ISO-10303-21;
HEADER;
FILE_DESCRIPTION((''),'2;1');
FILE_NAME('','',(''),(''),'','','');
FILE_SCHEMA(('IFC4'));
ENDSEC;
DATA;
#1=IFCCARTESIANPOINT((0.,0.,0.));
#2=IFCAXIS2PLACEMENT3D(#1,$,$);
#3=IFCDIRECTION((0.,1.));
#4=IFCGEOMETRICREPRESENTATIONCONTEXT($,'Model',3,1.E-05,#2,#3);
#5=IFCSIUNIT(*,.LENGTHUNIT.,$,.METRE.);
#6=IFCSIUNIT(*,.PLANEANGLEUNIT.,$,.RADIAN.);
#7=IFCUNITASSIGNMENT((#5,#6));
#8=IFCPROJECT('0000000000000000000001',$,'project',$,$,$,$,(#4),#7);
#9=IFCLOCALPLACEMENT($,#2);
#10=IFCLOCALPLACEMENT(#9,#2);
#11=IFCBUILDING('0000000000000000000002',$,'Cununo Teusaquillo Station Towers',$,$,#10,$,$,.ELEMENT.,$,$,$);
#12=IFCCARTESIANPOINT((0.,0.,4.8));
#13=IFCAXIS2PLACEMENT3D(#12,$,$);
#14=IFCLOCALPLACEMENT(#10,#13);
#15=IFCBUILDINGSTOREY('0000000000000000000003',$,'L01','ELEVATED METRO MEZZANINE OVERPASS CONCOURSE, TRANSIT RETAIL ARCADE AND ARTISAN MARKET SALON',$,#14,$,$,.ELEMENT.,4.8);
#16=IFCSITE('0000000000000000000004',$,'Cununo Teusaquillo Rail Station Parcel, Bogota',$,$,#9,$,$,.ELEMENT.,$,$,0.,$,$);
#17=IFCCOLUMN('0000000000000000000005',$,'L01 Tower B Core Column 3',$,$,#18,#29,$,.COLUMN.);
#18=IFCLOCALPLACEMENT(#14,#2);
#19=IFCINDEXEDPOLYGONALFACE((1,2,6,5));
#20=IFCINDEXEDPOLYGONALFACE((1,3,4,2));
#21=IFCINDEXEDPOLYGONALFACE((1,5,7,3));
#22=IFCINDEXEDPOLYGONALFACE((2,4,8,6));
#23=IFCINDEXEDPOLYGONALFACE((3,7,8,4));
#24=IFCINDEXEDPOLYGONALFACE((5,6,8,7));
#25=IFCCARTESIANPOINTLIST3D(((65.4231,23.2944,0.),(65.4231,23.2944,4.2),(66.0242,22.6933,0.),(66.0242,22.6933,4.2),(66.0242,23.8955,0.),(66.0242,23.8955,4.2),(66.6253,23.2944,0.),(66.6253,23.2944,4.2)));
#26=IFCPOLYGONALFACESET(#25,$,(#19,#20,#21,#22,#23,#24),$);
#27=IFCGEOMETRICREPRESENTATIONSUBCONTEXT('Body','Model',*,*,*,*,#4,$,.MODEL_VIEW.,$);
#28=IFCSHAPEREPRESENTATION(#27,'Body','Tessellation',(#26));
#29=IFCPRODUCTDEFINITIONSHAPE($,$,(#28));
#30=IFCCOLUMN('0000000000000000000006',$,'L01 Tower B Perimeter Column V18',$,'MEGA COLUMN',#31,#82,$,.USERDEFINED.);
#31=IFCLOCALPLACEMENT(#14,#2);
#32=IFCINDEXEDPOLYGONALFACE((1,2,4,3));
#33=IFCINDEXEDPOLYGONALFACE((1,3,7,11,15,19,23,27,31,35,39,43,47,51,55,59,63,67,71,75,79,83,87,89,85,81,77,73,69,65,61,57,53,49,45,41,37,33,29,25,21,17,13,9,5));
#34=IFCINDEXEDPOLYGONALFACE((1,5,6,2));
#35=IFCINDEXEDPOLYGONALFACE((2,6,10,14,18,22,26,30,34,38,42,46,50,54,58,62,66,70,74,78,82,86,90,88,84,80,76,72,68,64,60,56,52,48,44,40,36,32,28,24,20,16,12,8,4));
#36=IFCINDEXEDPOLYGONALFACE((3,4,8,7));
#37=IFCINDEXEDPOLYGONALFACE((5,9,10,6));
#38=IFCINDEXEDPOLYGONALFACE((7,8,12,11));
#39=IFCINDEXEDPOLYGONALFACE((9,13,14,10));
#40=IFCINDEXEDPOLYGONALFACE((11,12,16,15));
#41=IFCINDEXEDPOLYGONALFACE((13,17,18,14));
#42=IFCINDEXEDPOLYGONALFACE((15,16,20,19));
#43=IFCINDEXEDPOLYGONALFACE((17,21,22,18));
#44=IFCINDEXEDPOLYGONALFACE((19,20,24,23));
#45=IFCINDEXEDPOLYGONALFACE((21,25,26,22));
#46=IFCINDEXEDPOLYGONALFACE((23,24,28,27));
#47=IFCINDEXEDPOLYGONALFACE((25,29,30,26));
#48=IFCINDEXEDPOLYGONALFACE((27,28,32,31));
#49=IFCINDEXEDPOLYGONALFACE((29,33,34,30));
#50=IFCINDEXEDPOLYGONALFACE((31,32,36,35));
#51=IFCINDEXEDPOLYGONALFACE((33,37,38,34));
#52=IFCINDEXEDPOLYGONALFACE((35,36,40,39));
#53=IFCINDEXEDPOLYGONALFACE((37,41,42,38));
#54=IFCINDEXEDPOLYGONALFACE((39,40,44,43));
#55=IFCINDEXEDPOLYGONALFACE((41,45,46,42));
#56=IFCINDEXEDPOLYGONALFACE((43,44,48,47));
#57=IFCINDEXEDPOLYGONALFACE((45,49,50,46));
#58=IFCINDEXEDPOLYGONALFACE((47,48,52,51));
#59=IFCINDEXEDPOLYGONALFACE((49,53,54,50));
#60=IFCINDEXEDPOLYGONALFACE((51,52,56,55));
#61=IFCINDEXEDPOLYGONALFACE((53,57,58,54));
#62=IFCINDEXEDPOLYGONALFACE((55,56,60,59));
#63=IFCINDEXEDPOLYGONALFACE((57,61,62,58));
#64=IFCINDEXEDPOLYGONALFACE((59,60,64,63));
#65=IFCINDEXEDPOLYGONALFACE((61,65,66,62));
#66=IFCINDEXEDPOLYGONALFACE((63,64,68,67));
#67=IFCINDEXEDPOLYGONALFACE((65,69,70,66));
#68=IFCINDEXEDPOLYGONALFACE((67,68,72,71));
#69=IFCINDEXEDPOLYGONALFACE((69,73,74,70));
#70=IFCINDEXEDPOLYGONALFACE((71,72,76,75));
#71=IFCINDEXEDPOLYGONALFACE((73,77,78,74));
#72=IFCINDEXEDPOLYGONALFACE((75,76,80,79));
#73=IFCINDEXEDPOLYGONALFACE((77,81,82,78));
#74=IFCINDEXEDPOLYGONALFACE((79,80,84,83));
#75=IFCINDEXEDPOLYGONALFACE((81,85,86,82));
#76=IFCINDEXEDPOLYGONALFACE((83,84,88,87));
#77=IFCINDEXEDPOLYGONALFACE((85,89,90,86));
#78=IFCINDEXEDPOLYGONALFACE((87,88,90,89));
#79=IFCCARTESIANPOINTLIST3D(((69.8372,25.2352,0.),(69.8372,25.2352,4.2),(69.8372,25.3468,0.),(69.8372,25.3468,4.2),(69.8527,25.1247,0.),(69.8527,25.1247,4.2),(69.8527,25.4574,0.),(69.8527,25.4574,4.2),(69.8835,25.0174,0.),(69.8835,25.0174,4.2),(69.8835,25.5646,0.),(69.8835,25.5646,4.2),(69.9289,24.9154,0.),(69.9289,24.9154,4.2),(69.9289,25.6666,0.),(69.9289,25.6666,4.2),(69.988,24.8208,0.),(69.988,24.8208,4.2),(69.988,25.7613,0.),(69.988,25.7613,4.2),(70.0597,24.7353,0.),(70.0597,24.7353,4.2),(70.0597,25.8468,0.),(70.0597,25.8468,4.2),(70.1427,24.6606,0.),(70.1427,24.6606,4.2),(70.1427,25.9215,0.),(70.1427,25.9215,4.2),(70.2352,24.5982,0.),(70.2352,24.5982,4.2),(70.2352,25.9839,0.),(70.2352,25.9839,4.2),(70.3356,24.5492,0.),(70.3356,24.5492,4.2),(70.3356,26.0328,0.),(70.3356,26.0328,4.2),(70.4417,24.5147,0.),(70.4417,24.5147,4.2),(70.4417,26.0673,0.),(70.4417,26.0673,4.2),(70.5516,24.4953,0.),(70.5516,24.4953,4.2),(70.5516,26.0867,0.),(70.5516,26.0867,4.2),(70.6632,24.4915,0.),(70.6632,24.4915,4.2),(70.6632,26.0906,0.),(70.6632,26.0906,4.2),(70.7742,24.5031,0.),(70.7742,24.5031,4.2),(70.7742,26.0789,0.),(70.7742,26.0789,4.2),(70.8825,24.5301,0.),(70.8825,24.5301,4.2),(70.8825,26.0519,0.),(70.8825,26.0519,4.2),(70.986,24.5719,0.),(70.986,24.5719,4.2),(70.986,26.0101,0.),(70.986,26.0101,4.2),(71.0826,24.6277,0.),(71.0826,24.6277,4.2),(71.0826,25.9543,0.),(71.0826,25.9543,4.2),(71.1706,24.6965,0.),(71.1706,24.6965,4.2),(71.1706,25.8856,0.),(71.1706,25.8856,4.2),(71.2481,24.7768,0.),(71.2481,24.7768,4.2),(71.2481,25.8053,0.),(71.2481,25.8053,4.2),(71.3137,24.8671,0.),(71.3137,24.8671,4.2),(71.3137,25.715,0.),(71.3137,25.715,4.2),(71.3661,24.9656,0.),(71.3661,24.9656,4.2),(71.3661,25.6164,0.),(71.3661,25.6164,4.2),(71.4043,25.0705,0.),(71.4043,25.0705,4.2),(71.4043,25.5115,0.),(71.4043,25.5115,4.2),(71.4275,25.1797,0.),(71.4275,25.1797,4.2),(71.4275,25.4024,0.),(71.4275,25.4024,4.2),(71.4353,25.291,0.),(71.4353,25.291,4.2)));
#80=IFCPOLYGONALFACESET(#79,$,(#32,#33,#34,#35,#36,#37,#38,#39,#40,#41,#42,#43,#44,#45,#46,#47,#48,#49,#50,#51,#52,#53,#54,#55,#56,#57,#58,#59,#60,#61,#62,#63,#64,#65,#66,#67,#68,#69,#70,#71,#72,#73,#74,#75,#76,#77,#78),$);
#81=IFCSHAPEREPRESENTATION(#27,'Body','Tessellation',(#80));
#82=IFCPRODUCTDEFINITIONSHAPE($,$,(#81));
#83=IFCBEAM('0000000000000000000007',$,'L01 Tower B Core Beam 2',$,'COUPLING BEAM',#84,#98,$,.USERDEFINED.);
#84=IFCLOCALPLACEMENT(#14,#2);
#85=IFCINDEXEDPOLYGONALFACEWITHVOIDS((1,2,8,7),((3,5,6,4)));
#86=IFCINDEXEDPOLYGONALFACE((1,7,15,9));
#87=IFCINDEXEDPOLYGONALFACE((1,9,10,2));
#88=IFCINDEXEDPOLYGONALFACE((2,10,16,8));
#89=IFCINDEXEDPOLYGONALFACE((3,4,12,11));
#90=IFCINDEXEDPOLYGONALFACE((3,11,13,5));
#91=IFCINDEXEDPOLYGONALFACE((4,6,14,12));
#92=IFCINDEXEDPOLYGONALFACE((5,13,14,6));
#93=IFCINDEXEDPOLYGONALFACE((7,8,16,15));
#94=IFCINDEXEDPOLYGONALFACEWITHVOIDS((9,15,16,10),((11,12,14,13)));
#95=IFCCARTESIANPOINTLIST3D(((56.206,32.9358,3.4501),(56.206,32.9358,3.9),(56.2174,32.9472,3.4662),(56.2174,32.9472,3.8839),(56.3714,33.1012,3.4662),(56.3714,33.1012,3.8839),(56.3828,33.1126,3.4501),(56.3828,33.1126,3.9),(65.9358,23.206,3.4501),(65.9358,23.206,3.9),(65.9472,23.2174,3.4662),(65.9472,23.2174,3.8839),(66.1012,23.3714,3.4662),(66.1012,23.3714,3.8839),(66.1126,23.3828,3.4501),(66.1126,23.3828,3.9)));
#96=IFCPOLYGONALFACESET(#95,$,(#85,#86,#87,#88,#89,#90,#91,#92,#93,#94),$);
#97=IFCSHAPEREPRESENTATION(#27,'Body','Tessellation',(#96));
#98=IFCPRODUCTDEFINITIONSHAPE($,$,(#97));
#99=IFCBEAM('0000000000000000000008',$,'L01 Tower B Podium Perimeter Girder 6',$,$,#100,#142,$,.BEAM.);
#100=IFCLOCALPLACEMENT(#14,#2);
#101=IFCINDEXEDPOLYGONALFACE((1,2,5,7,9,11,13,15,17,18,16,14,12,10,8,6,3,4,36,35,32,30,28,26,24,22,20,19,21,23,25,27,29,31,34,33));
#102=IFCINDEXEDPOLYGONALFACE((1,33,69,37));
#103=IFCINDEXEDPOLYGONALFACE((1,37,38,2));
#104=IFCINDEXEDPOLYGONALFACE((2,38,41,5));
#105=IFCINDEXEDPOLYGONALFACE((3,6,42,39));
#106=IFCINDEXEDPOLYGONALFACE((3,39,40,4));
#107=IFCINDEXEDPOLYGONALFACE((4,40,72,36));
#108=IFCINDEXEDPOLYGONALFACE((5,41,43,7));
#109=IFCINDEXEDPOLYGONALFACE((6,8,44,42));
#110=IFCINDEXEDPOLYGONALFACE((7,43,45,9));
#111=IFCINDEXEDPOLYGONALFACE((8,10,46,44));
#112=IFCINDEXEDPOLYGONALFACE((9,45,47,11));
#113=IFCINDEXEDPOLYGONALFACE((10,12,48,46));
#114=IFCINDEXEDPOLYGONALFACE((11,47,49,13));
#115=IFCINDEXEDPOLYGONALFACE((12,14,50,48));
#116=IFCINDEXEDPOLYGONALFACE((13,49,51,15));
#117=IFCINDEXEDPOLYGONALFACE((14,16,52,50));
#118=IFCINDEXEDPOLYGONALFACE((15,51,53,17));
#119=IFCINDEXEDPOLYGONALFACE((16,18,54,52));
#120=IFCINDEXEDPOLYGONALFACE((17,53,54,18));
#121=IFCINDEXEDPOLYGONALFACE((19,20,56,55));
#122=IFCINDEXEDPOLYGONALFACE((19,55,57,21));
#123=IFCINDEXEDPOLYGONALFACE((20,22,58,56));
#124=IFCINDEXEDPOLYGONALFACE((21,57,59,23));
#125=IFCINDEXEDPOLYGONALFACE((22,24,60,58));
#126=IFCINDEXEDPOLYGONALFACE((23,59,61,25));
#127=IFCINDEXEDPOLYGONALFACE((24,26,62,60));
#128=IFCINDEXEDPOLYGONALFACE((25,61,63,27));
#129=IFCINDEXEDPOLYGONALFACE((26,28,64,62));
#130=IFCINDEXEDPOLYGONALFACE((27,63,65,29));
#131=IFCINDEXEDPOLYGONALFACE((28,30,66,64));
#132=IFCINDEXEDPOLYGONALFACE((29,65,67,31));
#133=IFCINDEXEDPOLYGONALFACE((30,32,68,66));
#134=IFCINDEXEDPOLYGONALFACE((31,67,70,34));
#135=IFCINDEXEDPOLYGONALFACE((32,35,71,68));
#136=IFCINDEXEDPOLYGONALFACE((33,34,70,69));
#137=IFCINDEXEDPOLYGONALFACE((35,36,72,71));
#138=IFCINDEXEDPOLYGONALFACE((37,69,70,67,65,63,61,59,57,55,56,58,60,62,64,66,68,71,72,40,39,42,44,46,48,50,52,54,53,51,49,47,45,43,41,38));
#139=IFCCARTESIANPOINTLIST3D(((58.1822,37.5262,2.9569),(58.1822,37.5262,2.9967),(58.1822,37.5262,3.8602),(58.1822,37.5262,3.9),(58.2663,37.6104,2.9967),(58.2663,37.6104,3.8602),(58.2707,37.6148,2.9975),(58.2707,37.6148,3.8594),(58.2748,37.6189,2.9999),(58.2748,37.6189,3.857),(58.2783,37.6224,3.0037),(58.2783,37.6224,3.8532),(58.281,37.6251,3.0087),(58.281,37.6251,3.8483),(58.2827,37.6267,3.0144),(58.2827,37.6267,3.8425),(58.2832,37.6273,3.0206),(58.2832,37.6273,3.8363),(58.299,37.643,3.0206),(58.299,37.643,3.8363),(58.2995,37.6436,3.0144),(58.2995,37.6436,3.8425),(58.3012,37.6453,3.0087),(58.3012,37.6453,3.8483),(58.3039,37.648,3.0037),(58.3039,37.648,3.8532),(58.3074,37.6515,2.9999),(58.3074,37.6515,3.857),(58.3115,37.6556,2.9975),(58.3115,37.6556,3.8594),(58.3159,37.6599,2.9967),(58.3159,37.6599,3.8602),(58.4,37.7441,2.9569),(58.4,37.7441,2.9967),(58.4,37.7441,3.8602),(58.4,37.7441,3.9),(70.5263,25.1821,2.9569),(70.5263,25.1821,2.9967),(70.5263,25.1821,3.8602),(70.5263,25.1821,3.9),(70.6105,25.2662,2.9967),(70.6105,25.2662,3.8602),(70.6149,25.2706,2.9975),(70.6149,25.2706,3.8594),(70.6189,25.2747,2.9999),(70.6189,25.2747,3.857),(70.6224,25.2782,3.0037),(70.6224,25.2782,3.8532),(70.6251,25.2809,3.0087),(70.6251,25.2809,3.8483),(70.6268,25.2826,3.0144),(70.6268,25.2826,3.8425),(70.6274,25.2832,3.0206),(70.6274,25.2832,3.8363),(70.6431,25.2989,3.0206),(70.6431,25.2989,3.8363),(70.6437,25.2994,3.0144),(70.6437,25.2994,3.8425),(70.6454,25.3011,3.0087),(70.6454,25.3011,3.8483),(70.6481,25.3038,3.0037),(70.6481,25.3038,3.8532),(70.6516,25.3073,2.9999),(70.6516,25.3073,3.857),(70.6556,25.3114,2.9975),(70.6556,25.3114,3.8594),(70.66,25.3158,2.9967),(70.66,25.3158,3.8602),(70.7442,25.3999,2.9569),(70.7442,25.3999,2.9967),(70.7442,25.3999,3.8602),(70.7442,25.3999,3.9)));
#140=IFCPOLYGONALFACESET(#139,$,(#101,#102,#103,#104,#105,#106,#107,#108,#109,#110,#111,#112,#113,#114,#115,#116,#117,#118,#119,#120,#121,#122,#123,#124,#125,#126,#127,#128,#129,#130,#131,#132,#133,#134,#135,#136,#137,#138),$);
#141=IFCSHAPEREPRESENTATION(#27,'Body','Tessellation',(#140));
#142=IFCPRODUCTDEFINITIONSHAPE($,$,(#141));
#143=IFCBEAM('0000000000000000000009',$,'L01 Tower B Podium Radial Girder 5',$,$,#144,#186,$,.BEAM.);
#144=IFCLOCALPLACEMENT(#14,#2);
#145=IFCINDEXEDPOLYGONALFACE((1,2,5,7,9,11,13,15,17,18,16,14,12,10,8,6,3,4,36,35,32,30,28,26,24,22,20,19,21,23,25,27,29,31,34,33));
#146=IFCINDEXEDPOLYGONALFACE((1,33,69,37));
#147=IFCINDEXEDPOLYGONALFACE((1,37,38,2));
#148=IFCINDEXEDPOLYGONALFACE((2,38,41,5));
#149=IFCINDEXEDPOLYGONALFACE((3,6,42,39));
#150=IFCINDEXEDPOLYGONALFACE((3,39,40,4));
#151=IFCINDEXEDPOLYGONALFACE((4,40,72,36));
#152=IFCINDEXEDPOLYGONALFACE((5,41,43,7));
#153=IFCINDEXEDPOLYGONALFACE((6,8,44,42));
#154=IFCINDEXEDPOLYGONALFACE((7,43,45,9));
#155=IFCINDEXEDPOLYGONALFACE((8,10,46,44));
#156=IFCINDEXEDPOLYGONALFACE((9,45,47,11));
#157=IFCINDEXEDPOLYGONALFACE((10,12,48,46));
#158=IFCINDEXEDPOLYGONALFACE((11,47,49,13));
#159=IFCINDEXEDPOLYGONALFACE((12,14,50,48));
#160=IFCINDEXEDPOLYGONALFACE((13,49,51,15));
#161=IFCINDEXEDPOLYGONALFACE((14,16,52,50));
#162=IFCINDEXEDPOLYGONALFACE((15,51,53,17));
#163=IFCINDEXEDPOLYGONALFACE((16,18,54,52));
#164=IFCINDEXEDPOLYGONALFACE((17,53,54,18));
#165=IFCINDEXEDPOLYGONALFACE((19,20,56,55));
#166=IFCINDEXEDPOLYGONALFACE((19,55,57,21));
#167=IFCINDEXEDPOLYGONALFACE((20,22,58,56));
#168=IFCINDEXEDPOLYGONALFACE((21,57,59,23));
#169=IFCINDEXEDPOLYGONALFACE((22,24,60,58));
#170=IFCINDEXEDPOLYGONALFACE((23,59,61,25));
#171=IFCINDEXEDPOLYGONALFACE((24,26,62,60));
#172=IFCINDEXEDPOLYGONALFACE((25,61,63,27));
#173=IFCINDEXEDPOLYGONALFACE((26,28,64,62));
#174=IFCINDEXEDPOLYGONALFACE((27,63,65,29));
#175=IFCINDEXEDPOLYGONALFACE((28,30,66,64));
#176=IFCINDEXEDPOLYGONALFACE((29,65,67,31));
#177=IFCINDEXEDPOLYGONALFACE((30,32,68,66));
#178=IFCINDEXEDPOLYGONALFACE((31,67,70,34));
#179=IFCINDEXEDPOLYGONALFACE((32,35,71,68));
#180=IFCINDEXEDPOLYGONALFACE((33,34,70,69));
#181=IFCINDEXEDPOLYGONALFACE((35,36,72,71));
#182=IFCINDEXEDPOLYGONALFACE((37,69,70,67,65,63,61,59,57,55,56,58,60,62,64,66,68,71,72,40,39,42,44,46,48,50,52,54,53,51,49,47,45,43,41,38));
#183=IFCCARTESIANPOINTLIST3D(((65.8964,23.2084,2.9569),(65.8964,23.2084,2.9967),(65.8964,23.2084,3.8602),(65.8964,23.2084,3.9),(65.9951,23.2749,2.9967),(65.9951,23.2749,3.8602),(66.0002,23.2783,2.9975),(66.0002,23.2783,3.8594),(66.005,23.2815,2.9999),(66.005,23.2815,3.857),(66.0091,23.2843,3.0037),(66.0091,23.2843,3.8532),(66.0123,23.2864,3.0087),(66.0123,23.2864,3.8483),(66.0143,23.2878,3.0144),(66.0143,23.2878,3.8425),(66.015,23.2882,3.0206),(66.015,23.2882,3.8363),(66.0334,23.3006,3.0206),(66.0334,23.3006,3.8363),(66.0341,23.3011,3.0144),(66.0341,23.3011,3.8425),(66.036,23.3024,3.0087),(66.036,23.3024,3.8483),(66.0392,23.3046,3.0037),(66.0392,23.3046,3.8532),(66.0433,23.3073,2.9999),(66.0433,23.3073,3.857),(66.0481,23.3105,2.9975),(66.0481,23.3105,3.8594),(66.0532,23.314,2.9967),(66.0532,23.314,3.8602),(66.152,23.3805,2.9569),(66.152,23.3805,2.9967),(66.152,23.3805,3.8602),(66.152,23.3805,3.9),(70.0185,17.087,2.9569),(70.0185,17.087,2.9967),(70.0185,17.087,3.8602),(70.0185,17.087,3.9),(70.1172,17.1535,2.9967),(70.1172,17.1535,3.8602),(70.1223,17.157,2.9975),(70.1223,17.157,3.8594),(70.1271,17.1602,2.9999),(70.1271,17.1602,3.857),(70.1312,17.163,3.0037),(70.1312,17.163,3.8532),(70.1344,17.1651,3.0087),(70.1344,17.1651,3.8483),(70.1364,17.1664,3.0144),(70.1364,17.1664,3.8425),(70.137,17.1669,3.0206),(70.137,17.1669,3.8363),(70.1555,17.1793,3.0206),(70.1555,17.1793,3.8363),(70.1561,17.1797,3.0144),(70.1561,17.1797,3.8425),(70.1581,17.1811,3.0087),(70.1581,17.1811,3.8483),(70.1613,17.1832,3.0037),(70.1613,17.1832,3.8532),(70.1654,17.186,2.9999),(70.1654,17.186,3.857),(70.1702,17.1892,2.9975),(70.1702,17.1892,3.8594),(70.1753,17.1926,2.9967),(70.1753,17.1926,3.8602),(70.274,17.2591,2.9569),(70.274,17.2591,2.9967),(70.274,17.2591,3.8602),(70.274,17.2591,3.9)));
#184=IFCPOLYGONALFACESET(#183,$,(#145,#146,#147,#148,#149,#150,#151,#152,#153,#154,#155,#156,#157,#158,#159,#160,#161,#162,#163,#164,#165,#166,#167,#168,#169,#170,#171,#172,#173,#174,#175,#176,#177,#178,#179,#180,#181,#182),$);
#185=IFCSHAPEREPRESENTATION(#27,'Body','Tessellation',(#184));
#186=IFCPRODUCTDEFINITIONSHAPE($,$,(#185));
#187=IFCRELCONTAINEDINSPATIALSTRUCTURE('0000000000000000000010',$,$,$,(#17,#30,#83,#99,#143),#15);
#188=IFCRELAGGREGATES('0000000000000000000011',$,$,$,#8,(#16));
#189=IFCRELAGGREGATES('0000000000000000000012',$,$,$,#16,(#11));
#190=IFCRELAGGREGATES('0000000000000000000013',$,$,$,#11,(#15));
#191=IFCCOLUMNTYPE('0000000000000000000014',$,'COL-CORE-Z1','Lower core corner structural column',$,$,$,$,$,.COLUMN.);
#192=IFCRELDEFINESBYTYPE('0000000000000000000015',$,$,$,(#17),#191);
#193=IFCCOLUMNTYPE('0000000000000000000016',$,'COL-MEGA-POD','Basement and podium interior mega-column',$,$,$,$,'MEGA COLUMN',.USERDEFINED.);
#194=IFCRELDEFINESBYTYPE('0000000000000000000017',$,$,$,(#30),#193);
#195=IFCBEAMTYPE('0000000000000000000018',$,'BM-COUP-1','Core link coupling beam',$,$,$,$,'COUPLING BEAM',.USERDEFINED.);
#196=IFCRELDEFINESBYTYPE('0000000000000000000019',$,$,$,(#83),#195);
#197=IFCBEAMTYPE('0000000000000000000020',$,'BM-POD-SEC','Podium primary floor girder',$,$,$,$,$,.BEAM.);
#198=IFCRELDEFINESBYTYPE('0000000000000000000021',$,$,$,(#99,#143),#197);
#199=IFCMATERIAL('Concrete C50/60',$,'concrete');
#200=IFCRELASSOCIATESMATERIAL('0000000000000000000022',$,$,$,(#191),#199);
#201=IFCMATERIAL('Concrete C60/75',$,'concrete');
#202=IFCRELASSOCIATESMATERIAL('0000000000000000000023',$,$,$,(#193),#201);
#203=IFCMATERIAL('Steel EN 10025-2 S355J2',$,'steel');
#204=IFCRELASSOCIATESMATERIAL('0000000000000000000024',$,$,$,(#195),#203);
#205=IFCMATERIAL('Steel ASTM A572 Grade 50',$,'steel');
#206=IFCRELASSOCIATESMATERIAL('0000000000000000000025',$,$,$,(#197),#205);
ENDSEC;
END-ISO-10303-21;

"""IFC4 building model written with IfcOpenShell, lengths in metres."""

from ifc_helpers import new_model, si_unit, direction, frame, origin, origin_2d, place, context, subcontext, project, spatial, rectangle, hollow_rectangle, circle, i_section, extrude, material, material_profile, profile_set, type_object, element, save


model = new_model("IFC4")

# Units and contexts
model_context = context("Model", 3, precision=1e-05, world=origin(), true_north=direction((0.0, 1.0)))
body_context = subcontext(model_context, "Body", "Model", "MODEL_VIEW")
ifc_project = project(units=[si_unit("LENGTHUNIT", "METRE"), si_unit("PLANEANGLEUNIT", "RADIAN")], contexts=[model_context])

# Site, building, storey
site_placement = place(None, origin())
site = spatial("IfcSite", under=ifc_project, at=site_placement, Name="Cununo Teusaquillo Rail Station Parcel, Bogota", CompositionType="ELEMENT", RefElevation=0.0)
building_placement = place(site_placement, origin())
building = spatial("IfcBuilding", under=site, at=building_placement, Name="Cununo Teusaquillo Station Towers", CompositionType="ELEMENT")
storey_placement = place(building_placement, frame((0.0, 0.0, 4.8)))
storey = spatial("IfcBuildingStorey", under=building, at=storey_placement, Name="L01", Description="ELEVATED METRO MEZZANINE OVERPASS CONCOURSE, TRANSIT RETAIL ARCADE AND ARTISAN MARKET SALON", CompositionType="ELEMENT", Elevation=4.8)

# Columns
ifc_material_1 = material(Name="Concrete C50/60", Category="concrete")
ifc_material_profile_1 = material_profile(ifc_material_1, rectangle(XDim=0.8501, YDim=0.8501, at=origin_2d()), Name="RC-RECT-850x850")
ifc_profile_set_1 = profile_set([ifc_material_profile_1], Name="Concrete C50/60")
column_type_1 = type_object("IfcColumnType", Name="COL-CORE-Z1", Description="Lower core corner structural column", PredefinedType="COLUMN", material=ifc_profile_set_1)
column_1_placement = place(storey_placement, frame((66.0242, 23.2944, 0.0), z_axis=(0.0, 0.0, 1.0), x_axis=(0.707107, 0.707107, 0.0)))
element("IfcColumn", 1, at=column_1_placement, inside=storey, type_object=column_type_1, Name="L01 Tower B Core Column 3", PredefinedType="COLUMN", context=body_context, shape_type="SweptSolid", body=[
    extrude(rectangle(XDim=0.8501, YDim=0.8501, at=origin_2d()), origin(), (0.0, 0.0, 1.0), 4.2),
])
ifc_material_2 = material(Name="Concrete C60/75", Category="concrete")
ifc_material_profile_2 = material_profile(ifc_material_2, circle(Radius=0.8, at=origin_2d()), Name="RC-CIRC-1600")
ifc_profile_set_2 = profile_set([ifc_material_profile_2], Name="Concrete C60/75")
column_type_2 = type_object("IfcColumnType", Name="COL-MEGA-POD", Description="Basement and podium interior mega-column", ElementType="MEGA COLUMN", PredefinedType="USERDEFINED", material=ifc_profile_set_2)
column_2_placement = place(storey_placement, frame((70.6353, 25.291, 0.0), z_axis=(0.0, 0.0, 1.0), x_axis=(1.0, 0.0, 0.0)))
element("IfcColumn", 2, at=column_2_placement, inside=storey, type_object=column_type_2, Name="L01 Tower B Perimeter Column V18", ObjectType="MEGA COLUMN", PredefinedType="USERDEFINED", context=body_context, shape_type="SweptSolid", body=[
    extrude(circle(Radius=0.8, at=origin_2d()), origin(), (0.0, 0.0, 1.0), 4.2),
])

# Beams
ifc_material_3 = material(Name="Steel EN 10025-2 S355J2", Category="steel")
ifc_material_profile_3 = material_profile(ifc_material_3, hollow_rectangle(XDim=0.25, YDim=0.45, WallThickness=0.0161, at=origin_2d()), Name="RHS 450x250x16")
ifc_profile_set_3 = profile_set([ifc_material_profile_3], Name="Steel EN 10025-2 S355J2")
beam_type_1 = type_object("IfcBeamType", Name="BM-COUP-1", Description="Core link coupling beam", ElementType="COUPLING BEAM", PredefinedType="USERDEFINED", material=ifc_profile_set_3)
beam_1_placement = place(storey_placement, frame((66.0242, 23.2944, 3.675), z_axis=(-0.707107, 0.707107, 0.0), x_axis=(-0.707107, -0.707107, 0.0)))
element("IfcBeam", 3, at=beam_1_placement, inside=storey, type_object=beam_type_1, Name="L01 Tower B Core Beam 2", ObjectType="COUPLING BEAM", PredefinedType="USERDEFINED", context=body_context, shape_type="SweptSolid", body=[
    extrude(hollow_rectangle(XDim=0.25, YDim=0.45, WallThickness=0.0161, at=origin_2d()), origin(), (0.0, 0.0, 1.0), 13.76),
])
ifc_material_4 = material(Name="Steel ASTM A572 Grade 50", Category="steel")
ifc_material_profile_4 = material_profile(ifc_material_4, i_section(OverallWidth=0.3081, OverallDepth=0.9431, WebThickness=0.0222, FlangeThickness=0.0398, FilletRadius=0.0239, at=origin_2d()), Name="W36X232")
ifc_profile_set_4 = profile_set([ifc_material_profile_4], Name="Steel ASTM A572 Grade 50")
beam_type_2 = type_object("IfcBeamType", Name="BM-POD-SEC", Description="Podium primary floor girder", PredefinedType="BEAM", material=ifc_profile_set_4)
beam_2_placement = place(storey_placement, frame((70.6353, 25.291, 3.4285), z_axis=(-0.707107, 0.707107, 0.0), x_axis=(-0.707107, -0.707107, 0.0)))
element("IfcBeam", 4, at=beam_2_placement, inside=storey, type_object=beam_type_2, Name="L01 Tower B Podium Perimeter Girder 6", PredefinedType="BEAM", context=body_context, shape_type="SweptSolid", body=[
    extrude(i_section(OverallWidth=0.3081, OverallDepth=0.9431, WebThickness=0.0222, FlangeThickness=0.0398, FilletRadius=0.0239, at=origin_2d()), origin(), (0.0, 0.0, 1.0), 17.4573),
])
beam_3_placement = place(storey_placement, frame((66.0242, 23.2944, 3.4285), z_axis=(0.558557, -0.829466, 0.0), x_axis=(0.829466, 0.558557, 0.0)))
element("IfcBeam", 5, at=beam_3_placement, inside=storey, type_object=beam_type_2, Name="L01 Tower B Podium Radial Girder 5", PredefinedType="BEAM", context=body_context, shape_type="SweptSolid", body=[
    extrude(i_section(OverallWidth=0.3081, OverallDepth=0.9431, WebThickness=0.0222, FlangeThickness=0.0398, FilletRadius=0.0239, at=origin_2d()), origin(), (0.0, 0.0, 1.0), 7.3799),
])

save(model, "model.ifc")
